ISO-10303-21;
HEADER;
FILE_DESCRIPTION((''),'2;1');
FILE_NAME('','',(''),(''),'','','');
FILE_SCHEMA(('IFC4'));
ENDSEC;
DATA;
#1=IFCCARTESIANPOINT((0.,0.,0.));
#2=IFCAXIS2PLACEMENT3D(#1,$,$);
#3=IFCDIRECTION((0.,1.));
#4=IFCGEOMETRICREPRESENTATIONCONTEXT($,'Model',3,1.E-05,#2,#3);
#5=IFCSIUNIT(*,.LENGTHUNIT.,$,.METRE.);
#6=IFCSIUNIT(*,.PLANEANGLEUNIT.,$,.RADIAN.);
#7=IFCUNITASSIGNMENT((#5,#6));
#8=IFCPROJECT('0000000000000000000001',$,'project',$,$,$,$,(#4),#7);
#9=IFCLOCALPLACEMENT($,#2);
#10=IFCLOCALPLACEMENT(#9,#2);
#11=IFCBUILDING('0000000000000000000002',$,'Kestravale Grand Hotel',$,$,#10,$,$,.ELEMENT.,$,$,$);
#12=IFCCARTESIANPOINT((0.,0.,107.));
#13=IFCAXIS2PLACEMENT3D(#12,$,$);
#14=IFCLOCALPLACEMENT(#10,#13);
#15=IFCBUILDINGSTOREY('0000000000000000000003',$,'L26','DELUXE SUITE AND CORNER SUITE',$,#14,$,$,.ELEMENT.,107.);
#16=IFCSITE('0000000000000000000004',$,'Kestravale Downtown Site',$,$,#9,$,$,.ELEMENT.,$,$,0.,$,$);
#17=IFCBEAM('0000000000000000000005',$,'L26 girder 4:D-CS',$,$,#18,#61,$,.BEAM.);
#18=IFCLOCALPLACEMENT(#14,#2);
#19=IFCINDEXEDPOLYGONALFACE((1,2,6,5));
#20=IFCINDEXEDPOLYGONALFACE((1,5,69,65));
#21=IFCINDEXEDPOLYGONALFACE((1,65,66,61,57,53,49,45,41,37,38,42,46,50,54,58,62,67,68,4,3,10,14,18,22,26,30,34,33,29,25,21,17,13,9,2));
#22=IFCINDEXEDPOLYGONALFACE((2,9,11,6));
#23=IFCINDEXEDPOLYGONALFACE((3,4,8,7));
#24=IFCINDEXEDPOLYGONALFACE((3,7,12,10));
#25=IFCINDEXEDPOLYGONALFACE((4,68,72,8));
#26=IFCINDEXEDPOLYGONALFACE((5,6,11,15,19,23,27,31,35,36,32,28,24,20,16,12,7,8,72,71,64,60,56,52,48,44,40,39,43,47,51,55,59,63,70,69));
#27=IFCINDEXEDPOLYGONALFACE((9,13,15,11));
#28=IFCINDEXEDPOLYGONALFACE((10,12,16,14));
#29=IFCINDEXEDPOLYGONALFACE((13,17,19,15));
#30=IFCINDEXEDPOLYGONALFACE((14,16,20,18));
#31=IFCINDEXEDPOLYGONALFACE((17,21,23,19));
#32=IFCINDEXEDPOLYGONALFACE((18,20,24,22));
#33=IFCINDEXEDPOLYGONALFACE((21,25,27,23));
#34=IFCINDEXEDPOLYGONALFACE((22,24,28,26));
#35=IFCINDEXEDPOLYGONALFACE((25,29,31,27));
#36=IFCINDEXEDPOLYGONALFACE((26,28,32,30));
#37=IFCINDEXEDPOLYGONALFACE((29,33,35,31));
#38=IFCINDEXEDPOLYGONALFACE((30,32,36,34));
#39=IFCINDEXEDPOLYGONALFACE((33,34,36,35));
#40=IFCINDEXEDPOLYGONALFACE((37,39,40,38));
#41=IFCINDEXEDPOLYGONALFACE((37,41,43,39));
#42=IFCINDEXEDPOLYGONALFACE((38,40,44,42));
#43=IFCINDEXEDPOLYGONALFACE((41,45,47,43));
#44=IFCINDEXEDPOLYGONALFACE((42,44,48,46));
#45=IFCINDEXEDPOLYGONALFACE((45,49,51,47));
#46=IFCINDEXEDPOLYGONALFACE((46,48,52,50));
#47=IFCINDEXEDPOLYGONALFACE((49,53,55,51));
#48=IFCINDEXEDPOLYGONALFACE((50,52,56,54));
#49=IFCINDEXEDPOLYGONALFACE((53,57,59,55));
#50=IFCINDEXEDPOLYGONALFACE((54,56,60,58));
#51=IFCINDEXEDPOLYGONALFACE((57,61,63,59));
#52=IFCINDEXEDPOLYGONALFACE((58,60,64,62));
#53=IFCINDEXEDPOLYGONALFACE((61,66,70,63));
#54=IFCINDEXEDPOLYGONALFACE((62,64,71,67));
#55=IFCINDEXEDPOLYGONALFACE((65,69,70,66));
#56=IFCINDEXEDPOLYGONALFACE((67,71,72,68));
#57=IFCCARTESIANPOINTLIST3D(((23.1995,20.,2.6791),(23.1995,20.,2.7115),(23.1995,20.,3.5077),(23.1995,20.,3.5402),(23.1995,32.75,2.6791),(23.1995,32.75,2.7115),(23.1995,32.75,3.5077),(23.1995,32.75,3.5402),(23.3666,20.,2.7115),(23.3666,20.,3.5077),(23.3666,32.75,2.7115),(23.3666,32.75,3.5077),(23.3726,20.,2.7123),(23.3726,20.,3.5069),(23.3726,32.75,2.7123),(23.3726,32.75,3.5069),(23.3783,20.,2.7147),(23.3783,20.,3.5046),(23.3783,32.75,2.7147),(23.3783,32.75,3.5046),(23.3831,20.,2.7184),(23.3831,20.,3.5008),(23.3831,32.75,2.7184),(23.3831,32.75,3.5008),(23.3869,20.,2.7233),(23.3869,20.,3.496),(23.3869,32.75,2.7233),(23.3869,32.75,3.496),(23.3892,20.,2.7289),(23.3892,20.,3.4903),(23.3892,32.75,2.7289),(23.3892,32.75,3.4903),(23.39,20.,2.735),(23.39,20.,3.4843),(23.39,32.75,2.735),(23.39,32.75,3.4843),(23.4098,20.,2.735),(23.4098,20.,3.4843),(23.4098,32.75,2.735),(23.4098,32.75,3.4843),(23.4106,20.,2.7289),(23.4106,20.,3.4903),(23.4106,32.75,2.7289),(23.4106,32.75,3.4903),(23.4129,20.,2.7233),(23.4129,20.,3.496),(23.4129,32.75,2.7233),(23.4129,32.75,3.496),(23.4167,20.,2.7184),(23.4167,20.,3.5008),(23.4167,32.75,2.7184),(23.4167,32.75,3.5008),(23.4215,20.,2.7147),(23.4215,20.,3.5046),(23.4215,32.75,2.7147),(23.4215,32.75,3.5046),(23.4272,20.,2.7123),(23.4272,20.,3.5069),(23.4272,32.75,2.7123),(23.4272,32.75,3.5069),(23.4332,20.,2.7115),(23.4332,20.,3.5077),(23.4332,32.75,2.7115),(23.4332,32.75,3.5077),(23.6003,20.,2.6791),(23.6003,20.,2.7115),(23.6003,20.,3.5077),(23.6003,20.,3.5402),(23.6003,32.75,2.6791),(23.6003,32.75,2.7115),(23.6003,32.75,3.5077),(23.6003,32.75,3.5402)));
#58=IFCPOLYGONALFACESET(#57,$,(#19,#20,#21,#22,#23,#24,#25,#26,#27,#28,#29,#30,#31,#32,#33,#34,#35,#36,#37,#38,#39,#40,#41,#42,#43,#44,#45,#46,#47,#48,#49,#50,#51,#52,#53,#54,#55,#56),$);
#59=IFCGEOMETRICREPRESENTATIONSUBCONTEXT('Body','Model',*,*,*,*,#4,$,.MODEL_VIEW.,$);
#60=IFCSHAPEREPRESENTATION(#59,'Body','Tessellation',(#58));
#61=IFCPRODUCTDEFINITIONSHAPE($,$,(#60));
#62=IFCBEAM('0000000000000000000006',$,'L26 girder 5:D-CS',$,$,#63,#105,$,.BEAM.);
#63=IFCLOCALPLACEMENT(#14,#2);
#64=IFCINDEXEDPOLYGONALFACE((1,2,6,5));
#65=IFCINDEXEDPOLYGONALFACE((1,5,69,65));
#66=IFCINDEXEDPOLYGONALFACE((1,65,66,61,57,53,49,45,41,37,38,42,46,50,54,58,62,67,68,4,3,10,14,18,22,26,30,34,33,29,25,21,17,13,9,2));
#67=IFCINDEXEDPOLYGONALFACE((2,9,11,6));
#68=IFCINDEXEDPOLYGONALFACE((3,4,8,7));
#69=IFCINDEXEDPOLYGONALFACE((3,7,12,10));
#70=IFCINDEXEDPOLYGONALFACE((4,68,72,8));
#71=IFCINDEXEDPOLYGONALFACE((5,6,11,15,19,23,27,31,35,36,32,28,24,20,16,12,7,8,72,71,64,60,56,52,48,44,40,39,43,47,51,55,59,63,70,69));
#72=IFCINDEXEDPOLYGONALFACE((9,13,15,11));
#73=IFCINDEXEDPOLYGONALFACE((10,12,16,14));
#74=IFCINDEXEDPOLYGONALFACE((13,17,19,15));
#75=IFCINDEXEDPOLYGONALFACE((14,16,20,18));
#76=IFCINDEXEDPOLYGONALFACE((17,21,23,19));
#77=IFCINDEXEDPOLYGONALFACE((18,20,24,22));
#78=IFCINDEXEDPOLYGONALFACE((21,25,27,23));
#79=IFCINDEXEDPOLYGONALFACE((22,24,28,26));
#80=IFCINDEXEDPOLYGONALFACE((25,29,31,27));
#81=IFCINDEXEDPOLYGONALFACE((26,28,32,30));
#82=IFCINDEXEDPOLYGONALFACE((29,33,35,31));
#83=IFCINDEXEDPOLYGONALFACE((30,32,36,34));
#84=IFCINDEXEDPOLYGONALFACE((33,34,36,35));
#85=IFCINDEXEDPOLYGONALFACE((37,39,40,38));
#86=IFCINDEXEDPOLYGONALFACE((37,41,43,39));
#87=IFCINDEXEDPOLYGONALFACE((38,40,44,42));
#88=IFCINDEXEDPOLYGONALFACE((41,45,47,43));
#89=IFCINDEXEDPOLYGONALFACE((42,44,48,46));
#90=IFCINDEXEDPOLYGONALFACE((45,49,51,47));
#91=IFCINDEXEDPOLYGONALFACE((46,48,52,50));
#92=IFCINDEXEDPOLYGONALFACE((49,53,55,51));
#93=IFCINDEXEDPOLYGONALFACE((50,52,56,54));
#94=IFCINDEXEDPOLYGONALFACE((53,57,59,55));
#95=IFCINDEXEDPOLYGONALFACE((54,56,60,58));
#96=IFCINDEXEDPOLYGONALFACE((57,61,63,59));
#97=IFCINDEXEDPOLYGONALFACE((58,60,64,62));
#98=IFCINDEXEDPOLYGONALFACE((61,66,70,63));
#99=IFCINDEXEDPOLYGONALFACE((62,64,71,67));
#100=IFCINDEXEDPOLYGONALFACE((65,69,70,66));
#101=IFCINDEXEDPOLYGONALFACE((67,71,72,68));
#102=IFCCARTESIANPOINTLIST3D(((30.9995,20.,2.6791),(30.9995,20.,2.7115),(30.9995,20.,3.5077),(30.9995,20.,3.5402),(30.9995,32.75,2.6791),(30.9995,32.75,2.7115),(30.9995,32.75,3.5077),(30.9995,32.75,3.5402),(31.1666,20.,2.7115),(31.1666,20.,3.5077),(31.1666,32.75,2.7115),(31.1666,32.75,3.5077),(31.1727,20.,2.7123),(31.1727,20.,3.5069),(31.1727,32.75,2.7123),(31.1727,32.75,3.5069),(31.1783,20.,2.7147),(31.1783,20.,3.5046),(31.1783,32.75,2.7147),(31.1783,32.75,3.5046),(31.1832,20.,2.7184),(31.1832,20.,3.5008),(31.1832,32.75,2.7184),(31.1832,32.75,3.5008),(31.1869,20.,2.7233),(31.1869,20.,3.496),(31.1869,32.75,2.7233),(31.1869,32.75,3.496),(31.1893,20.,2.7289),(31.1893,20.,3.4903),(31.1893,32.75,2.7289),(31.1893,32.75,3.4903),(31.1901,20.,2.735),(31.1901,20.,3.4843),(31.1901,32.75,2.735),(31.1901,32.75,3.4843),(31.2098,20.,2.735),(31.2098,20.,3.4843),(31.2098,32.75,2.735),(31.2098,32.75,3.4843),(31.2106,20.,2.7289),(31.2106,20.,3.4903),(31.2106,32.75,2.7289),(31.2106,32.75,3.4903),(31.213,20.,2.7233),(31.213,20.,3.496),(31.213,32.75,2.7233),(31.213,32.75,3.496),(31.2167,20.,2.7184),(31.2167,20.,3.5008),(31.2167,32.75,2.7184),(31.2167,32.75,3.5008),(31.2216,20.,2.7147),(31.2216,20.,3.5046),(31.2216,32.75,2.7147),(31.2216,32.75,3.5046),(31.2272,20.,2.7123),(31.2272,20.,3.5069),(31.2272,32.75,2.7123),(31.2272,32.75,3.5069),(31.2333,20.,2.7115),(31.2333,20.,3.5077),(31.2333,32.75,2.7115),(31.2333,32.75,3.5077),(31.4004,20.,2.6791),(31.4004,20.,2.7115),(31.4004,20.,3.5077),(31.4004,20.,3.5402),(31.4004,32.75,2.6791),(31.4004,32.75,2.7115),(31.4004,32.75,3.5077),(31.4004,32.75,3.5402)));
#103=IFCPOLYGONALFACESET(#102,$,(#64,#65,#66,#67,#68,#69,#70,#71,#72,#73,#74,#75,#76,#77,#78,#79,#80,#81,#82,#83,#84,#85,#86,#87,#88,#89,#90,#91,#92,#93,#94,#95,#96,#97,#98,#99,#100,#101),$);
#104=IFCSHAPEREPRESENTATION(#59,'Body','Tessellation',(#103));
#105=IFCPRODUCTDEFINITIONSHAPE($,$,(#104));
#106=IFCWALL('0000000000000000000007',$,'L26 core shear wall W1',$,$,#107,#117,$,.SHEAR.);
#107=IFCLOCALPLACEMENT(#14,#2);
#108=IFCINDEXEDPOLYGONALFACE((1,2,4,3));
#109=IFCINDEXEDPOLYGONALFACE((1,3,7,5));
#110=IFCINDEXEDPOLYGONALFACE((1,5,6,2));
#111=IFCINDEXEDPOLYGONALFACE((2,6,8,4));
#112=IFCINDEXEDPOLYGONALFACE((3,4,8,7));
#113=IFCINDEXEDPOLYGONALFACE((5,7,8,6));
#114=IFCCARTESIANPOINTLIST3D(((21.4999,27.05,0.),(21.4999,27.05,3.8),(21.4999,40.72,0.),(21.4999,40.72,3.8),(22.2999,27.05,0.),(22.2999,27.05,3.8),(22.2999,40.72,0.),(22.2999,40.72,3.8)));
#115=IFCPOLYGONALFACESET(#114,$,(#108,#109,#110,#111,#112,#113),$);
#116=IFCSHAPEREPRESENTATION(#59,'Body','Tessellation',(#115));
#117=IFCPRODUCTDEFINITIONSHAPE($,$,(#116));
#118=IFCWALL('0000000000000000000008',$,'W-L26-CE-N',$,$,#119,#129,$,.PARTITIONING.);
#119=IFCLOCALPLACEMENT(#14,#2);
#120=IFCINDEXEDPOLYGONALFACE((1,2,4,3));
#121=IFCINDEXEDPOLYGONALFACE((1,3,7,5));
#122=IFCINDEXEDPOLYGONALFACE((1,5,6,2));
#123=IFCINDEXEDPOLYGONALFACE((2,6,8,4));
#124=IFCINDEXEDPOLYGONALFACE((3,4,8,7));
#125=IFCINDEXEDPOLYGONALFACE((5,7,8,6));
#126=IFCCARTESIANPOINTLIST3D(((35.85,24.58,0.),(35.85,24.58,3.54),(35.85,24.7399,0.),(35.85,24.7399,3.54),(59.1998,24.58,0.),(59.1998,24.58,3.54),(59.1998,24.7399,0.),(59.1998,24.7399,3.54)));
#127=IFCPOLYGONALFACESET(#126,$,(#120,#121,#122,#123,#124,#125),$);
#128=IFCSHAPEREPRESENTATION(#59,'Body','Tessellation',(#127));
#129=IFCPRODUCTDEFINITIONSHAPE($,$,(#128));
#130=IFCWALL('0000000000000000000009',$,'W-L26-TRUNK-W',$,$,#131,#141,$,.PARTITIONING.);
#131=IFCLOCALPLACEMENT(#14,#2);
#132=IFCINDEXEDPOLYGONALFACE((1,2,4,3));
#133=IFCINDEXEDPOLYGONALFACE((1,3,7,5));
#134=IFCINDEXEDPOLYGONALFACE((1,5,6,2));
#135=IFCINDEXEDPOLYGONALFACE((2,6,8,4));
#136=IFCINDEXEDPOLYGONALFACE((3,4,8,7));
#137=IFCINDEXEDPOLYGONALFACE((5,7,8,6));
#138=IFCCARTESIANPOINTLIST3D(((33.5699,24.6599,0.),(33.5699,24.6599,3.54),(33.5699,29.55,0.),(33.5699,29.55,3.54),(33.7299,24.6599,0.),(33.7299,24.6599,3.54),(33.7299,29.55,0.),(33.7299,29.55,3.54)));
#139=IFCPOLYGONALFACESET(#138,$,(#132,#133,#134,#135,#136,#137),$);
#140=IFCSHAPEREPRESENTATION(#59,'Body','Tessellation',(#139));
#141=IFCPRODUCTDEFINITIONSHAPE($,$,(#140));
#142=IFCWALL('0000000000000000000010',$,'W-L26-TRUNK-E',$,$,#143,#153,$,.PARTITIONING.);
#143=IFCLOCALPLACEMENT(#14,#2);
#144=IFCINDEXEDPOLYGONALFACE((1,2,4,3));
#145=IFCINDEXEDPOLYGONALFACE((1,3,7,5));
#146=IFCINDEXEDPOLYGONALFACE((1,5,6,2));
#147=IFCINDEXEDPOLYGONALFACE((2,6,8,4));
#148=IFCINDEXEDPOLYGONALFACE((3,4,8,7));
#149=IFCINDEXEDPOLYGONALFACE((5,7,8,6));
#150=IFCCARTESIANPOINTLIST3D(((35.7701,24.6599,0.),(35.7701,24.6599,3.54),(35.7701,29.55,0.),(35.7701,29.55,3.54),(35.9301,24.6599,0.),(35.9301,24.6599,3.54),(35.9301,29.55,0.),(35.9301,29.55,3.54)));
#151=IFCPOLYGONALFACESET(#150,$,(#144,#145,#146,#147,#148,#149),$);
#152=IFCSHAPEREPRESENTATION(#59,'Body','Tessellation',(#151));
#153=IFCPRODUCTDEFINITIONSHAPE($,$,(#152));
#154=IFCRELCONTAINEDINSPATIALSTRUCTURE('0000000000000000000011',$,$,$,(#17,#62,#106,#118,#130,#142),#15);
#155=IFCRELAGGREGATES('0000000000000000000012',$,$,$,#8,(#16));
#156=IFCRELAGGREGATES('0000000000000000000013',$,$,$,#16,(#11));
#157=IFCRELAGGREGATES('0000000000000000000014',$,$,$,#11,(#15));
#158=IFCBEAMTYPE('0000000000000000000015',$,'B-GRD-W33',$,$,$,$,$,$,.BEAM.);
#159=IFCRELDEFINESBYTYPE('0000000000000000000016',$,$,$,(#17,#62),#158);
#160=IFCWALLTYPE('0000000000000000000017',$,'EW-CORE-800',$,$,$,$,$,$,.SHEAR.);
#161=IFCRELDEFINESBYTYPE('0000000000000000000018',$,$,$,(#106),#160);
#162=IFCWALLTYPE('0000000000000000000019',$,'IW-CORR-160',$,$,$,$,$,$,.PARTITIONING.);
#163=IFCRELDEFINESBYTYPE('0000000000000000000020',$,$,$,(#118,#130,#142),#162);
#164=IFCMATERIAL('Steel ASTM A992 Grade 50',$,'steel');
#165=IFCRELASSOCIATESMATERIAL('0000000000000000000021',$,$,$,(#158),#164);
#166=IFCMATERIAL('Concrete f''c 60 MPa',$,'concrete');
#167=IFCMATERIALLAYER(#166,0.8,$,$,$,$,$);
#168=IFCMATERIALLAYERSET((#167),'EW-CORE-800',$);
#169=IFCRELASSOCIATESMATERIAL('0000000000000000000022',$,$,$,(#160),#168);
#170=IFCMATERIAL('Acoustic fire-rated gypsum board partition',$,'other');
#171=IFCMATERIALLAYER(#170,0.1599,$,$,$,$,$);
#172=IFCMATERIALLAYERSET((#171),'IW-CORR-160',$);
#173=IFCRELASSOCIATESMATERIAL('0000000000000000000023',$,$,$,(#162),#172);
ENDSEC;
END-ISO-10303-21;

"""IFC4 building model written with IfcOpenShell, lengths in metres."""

from ifc_helpers import new_model, si_unit, direction, frame, frame_2d, origin, origin_2d, place, context, subcontext, project, spatial, rectangle, i_section, extrude, material, layer, layer_set, material_profile, profile_set, type_object, element, save


model = new_model("IFC4")

# Units and contexts
model_context = context("Model", 3, precision=1e-05, world=origin(), true_north=direction((0.0, 1.0)))
body_context = subcontext(model_context, "Body", "Model", "MODEL_VIEW")
ifc_project = project(units=[si_unit("LENGTHUNIT", "METRE"), si_unit("PLANEANGLEUNIT", "RADIAN")], contexts=[model_context])

# Site, building, storey
site_placement = place(None, origin())
site = spatial("IfcSite", under=ifc_project, at=site_placement, Name="Kestravale Downtown Site", CompositionType="ELEMENT", RefElevation=0.0)
building_placement = place(site_placement, origin())
building = spatial("IfcBuilding", under=site, at=building_placement, Name="Kestravale Grand Hotel", CompositionType="ELEMENT")
storey_placement = place(building_placement, frame((0.0, 0.0, 107.0)))
storey = spatial("IfcBuildingStorey", under=building, at=storey_placement, Name="L26", Description="DELUXE SUITE AND CORNER SUITE", CompositionType="ELEMENT", Elevation=107.0)

# Beams
ifc_material_1 = material(Name="Steel ASTM A992 Grade 50", Category="steel")
ifc_material_profile_1 = material_profile(ifc_material_1, i_section(OverallWidth=0.4009, OverallDepth=0.8611, WebThickness=0.0198, FlangeThickness=0.0325, FilletRadius=0.0234, at=origin_2d()))
ifc_profile_set_1 = profile_set([ifc_material_profile_1], Name="Steel ASTM A992 Grade 50")
beam_type_1 = type_object("IfcBeamType", Name="B-GRD-W33", PredefinedType="BEAM", material=ifc_profile_set_1)
for number, where, z_axis, x_axis, name in (
    (1, (23.3999, 20.0, 3.1096), (0.0, 1.0, 0.0), (-1.0, 0.0, 0.0), "L26 girder 4:D-CS"),
    (2, (31.2, 20.0, 3.1096), (0.0, 1.0, 0.0), (-1.0, 0.0, 0.0), "L26 girder 5:D-CS"),
):
    element("IfcBeam", number, at=place(storey_placement, frame(where, z_axis=z_axis, x_axis=x_axis)), inside=storey, type_object=beam_type_1, Name=name, PredefinedType="BEAM", context=body_context, shape_type="SweptSolid", body=[
        extrude(i_section(OverallWidth=0.4009, OverallDepth=0.8611, WebThickness=0.0198, FlangeThickness=0.0325, FilletRadius=0.0234, at=origin_2d()), origin(), (0.0, 0.0, 1.0), 12.75),
    ])

# Walls
ifc_material_2 = material(Name="Concrete f'c 60 MPa", Category="concrete")
ifc_layer_1 = layer(ifc_material_2, 0.8)
ifc_layer_set_1 = layer_set([ifc_layer_1], Name="EW-CORE-800")
wall_type_1 = type_object("IfcWallType", Name="EW-CORE-800", PredefinedType="SHEAR", material=ifc_layer_set_1)
wall_1_placement = place(storey_placement, frame((21.8999, 27.05, 0.0), z_axis=(0.0, 0.0, 1.0), x_axis=(0.0, 1.0, 0.0)))
element("IfcWall", 3, at=wall_1_placement, inside=storey, type_object=wall_type_1, Name="L26 core shear wall W1", PredefinedType="SHEAR", context=body_context, shape_type="SweptSolid", body=[
    extrude(rectangle(XDim=13.6699, YDim=0.8, at=frame_2d((6.835, 0.0))), origin(), (0.0, 0.0, 1.0), 3.8),
])
ifc_material_3 = material(Name="Acoustic fire-rated gypsum board partition", Category="other")
ifc_layer_2 = layer(ifc_material_3, 0.1599)
ifc_layer_set_2 = layer_set([ifc_layer_2], Name="IW-CORR-160")
wall_type_2 = type_object("IfcWallType", Name="IW-CORR-160", PredefinedType="PARTITIONING", material=ifc_layer_set_2)
wall_2_placement = place(storey_placement, frame((35.8501, 24.6599, 0.0), z_axis=(0.0, 0.0, 1.0), x_axis=(1.0, 0.0, 0.0)))
element("IfcWall", 4, at=wall_2_placement, inside=storey, type_object=wall_type_2, Name="W-L26-CE-N", PredefinedType="PARTITIONING", context=body_context, shape_type="SweptSolid", body=[
    extrude(rectangle(XDim=23.3499, YDim=0.1599, at=frame_2d((11.6748, 0.0))), origin(), (0.0, 0.0, 1.0), 3.54),
])
for number, where, z_axis, x_axis, name in (
    (5, (33.6499, 24.6599, 0.0), (0.0, 0.0, 1.0), (0.0, 1.0, 0.0), "W-L26-TRUNK-W"),
    (6, (35.8501, 24.6599, 0.0), (0.0, 0.0, 1.0), (0.0, 1.0, 0.0), "W-L26-TRUNK-E"),
):
    element("IfcWall", number, at=place(storey_placement, frame(where, z_axis=z_axis, x_axis=x_axis)), inside=storey, type_object=wall_type_2, Name=name, PredefinedType="PARTITIONING", context=body_context, shape_type="SweptSolid", body=[
        extrude(rectangle(XDim=4.8901, YDim=0.1599, at=frame_2d((2.4451, 0.0))), origin(), (0.0, 0.0, 1.0), 3.54),
    ])

save(model, "model.ifc")
